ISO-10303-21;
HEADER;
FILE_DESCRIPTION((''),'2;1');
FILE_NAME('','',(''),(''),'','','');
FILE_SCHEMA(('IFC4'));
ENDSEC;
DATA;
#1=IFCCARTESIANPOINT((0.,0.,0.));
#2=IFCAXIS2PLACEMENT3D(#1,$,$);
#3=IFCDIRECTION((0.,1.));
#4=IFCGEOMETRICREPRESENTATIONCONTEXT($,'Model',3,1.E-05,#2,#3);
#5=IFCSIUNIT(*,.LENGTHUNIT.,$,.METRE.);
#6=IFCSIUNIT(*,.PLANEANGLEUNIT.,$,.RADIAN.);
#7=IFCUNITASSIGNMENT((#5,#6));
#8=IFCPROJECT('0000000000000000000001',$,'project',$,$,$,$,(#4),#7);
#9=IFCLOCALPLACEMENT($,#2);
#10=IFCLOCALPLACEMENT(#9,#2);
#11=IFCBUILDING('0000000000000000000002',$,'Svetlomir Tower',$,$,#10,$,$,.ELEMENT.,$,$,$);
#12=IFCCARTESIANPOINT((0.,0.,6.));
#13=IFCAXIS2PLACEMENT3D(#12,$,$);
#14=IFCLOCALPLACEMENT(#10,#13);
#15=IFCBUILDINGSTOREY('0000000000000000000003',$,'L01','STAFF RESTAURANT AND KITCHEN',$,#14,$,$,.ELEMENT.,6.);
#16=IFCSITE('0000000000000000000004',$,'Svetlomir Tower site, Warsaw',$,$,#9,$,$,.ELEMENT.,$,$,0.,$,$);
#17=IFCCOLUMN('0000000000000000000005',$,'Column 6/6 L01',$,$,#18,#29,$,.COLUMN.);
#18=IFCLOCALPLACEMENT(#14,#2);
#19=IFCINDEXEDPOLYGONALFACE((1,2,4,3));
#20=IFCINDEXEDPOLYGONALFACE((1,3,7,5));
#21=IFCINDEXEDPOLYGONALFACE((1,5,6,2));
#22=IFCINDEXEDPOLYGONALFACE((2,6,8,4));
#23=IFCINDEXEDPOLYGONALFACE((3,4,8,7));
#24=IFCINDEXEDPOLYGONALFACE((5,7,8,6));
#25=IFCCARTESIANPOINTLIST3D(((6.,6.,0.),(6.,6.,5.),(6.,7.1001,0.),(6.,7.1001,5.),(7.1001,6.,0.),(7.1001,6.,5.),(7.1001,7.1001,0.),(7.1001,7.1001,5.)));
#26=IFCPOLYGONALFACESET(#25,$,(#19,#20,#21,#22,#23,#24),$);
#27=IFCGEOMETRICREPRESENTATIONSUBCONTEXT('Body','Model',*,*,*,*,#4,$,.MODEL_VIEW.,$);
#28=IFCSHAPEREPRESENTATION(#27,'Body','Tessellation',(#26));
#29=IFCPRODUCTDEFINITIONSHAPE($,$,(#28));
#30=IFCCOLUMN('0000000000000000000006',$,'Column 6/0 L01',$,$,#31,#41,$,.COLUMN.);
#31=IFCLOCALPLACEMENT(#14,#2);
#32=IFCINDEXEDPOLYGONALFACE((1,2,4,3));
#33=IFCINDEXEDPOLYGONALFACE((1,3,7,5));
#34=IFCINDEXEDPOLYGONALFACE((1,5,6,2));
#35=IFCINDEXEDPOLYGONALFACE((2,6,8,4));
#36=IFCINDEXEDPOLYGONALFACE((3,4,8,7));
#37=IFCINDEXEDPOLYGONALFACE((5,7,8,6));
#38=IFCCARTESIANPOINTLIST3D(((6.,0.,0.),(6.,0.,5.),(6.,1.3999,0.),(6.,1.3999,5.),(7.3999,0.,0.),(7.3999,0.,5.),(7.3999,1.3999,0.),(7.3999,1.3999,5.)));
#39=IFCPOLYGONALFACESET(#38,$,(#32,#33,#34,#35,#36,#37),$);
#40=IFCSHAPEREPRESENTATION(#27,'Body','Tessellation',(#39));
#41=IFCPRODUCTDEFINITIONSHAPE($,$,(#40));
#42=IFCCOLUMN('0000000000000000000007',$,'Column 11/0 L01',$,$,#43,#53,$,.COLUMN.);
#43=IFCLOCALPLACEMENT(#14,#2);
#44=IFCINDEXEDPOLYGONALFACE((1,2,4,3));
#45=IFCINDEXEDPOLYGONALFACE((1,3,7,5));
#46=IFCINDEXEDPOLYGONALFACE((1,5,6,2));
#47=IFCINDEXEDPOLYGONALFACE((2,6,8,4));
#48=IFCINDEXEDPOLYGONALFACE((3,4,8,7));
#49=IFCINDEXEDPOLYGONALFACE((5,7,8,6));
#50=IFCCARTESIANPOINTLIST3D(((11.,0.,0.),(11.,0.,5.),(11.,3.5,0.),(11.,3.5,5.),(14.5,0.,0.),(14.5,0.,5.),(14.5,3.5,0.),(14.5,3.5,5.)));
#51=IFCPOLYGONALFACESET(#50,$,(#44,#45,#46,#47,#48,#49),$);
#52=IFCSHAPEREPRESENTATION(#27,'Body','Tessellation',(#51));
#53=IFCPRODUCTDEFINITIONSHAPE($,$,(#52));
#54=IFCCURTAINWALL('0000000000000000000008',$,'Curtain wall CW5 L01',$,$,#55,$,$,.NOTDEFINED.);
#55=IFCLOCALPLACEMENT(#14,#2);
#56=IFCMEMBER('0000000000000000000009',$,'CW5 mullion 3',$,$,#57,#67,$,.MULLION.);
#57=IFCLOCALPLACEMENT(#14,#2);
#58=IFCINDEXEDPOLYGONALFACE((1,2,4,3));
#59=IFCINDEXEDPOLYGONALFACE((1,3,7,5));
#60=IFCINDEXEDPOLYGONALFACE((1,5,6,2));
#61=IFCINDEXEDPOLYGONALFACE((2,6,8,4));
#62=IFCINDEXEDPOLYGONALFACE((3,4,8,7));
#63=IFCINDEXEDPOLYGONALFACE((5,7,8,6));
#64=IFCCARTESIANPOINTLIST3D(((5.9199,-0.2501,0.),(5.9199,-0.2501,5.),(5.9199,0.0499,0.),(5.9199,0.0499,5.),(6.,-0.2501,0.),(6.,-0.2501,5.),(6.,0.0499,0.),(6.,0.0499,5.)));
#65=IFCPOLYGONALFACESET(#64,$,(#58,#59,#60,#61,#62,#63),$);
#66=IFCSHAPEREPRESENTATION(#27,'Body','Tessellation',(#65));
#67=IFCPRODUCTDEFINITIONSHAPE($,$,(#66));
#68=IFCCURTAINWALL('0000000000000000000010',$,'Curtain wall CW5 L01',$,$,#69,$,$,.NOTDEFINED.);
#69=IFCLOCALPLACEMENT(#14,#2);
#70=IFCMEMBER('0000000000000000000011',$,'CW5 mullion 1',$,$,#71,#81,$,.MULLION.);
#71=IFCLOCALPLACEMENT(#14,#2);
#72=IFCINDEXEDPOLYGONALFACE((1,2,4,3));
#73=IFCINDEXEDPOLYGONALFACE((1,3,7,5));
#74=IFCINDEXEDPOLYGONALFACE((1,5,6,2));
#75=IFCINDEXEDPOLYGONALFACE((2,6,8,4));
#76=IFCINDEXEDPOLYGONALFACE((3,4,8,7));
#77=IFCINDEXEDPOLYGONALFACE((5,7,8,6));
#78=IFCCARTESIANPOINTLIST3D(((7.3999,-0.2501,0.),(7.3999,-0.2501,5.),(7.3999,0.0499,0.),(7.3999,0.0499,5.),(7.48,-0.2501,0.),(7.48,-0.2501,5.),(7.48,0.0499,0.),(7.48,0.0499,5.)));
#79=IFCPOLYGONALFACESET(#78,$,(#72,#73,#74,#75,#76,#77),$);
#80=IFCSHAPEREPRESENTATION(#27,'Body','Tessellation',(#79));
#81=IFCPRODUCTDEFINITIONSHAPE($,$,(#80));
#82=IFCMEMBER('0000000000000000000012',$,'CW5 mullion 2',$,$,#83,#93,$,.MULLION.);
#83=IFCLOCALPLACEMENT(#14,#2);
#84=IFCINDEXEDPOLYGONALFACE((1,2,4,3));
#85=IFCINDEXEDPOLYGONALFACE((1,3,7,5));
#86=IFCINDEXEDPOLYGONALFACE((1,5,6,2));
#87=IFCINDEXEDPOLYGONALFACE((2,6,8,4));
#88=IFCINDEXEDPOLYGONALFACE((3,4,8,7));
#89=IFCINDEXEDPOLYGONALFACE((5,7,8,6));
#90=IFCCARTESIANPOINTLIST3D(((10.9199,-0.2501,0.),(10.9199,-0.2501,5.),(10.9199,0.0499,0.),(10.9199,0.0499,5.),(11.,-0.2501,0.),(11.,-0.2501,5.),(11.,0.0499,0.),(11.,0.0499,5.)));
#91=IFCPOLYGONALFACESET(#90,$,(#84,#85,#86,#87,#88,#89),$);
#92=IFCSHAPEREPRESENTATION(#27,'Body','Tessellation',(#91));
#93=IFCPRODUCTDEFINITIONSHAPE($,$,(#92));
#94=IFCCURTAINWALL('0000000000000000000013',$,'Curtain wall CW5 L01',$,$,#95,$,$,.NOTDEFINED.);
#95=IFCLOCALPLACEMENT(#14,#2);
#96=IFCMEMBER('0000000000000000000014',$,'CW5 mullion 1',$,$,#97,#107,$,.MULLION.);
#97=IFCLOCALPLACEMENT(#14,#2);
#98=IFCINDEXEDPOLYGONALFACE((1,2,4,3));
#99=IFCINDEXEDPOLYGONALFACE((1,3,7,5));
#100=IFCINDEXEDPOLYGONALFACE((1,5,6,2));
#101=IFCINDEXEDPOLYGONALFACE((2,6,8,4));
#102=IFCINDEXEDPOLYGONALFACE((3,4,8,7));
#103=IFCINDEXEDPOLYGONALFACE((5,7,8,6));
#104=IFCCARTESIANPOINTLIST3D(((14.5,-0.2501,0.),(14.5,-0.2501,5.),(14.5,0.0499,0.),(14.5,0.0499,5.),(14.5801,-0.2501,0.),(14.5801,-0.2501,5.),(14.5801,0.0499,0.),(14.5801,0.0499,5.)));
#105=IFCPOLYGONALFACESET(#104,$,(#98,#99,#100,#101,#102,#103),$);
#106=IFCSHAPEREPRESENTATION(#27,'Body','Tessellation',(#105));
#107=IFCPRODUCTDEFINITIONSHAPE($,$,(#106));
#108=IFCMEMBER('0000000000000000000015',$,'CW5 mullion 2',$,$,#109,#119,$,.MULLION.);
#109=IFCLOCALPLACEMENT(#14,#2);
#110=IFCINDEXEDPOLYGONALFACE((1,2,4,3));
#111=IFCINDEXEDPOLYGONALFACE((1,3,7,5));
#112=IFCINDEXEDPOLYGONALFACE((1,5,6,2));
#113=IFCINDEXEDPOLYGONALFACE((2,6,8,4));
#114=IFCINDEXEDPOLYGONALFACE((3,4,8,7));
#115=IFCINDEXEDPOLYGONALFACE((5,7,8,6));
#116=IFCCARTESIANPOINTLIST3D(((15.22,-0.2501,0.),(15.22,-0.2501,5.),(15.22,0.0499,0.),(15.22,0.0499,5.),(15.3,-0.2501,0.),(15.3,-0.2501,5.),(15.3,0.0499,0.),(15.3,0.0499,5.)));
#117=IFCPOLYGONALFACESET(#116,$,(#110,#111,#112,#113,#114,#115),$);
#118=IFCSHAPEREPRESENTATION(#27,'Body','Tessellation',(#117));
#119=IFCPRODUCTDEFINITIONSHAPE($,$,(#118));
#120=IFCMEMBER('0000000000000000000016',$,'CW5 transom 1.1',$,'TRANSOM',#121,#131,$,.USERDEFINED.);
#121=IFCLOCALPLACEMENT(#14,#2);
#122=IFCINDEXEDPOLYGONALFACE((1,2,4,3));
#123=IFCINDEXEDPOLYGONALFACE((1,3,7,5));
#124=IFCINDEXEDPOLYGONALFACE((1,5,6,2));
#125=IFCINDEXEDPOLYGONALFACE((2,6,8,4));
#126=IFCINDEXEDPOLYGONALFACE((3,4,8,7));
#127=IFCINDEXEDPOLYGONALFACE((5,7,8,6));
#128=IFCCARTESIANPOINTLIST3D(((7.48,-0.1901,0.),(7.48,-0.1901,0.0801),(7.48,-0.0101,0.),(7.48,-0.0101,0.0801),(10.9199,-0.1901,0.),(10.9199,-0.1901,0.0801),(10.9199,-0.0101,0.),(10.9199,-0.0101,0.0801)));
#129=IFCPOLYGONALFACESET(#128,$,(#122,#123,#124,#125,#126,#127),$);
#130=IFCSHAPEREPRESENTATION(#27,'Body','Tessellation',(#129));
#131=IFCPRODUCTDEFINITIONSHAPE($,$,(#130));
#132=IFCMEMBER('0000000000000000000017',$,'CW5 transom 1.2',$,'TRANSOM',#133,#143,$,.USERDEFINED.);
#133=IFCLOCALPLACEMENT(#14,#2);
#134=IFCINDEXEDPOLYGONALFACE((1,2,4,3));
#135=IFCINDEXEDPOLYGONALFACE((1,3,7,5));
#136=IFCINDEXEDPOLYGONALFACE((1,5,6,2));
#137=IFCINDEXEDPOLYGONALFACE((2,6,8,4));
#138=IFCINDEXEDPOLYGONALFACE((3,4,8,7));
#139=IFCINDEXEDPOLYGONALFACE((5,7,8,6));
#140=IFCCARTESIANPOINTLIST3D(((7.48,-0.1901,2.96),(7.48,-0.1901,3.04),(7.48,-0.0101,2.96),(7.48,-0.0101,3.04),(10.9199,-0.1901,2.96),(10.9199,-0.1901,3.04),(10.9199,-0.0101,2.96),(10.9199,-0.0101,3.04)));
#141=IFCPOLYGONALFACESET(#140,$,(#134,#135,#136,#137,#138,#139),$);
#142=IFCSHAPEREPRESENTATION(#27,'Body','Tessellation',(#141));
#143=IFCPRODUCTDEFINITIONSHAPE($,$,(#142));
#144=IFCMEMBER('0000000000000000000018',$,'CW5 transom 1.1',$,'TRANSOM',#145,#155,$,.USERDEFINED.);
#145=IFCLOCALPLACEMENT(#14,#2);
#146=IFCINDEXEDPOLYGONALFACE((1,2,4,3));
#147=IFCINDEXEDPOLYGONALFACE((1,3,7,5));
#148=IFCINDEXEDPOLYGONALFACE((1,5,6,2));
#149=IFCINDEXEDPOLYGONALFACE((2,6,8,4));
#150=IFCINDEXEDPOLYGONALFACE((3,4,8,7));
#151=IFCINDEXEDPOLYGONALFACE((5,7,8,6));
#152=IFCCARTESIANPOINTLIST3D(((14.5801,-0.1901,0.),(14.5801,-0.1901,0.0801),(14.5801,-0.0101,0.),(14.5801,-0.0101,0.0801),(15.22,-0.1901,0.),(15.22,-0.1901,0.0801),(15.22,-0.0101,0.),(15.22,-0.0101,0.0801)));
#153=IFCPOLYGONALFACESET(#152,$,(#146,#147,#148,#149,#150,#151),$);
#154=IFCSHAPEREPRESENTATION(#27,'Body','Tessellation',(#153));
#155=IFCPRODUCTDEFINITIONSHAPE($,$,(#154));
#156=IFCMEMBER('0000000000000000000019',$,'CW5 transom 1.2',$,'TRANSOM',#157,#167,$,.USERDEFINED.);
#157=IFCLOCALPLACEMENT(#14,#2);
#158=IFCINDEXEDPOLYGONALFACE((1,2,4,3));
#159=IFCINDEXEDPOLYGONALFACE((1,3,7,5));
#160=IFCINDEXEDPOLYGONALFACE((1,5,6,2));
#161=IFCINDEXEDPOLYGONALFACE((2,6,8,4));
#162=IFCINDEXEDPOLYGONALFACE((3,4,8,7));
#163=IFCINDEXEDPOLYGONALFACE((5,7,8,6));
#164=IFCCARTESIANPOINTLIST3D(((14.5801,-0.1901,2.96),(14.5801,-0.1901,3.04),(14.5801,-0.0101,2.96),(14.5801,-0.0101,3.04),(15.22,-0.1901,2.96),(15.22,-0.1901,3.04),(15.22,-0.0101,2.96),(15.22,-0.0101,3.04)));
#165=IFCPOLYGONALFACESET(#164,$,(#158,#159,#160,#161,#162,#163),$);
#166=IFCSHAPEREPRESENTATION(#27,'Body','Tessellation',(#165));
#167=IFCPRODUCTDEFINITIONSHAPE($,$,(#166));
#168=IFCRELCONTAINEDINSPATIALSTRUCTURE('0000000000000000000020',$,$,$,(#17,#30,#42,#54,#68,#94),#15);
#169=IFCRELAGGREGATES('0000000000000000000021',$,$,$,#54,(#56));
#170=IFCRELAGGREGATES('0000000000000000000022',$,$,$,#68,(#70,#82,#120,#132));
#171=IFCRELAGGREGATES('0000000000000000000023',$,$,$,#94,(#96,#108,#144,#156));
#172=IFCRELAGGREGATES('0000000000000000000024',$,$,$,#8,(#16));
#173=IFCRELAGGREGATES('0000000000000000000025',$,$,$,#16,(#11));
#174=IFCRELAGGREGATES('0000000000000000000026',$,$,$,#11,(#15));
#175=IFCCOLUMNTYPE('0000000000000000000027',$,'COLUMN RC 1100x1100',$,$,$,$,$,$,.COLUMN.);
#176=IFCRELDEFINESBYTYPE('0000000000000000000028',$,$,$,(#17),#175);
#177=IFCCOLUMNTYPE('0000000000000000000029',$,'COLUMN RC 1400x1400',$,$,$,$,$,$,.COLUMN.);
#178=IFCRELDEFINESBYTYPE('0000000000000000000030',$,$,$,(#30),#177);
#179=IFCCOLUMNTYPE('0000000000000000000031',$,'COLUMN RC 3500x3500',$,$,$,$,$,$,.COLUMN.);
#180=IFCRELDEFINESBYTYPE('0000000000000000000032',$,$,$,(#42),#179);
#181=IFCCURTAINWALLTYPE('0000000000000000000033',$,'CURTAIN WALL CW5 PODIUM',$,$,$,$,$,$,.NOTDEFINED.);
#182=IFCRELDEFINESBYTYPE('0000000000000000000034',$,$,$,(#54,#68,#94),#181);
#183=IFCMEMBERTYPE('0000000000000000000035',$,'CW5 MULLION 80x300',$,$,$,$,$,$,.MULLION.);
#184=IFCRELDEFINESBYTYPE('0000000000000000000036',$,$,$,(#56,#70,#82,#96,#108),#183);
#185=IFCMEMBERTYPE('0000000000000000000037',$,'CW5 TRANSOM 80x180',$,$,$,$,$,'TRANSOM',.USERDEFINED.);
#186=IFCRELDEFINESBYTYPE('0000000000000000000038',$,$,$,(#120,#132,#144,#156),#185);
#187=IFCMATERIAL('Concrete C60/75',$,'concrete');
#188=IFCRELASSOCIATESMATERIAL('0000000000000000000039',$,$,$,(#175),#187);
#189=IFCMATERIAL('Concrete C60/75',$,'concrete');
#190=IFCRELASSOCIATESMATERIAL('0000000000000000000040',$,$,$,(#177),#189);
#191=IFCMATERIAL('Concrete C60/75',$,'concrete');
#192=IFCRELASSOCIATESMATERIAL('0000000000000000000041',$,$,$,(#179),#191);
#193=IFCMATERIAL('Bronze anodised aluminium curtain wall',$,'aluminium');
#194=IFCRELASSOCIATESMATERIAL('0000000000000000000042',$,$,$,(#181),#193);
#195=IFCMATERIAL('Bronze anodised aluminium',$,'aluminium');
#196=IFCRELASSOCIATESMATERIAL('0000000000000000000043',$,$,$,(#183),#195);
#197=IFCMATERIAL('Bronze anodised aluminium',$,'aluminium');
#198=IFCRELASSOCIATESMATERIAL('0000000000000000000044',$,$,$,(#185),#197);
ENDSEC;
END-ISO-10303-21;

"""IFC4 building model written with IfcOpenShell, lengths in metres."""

from ifc_helpers import new_model, si_unit, direction, frame, origin, origin_2d, place, context, subcontext, project, spatial, rectangle, extrude, material, material_profile, profile_set, type_object, element, aggregate, save


model = new_model("IFC4")

# Units and contexts
model_context = context("Model", 3, precision=1e-05, world=origin(), true_north=direction((0.0, 1.0)))
body_context = subcontext(model_context, "Body", "Model", "MODEL_VIEW")
ifc_project = project(units=[si_unit("LENGTHUNIT", "METRE"), si_unit("PLANEANGLEUNIT", "RADIAN")], contexts=[model_context])

# Site, building, storey
site_placement = place(None, origin())
site = spatial("IfcSite", under=ifc_project, at=site_placement, Name="Svetlomir Tower site, Warsaw", CompositionType="ELEMENT", RefElevation=0.0)
building_placement = place(site_placement, origin())
building = spatial("IfcBuilding", under=site, at=building_placement, Name="Svetlomir Tower", CompositionType="ELEMENT")
storey_placement = place(building_placement, frame((0.0, 0.0, 6.0)))
storey = spatial("IfcBuildingStorey", under=building, at=storey_placement, Name="L01", Description="STAFF RESTAURANT AND KITCHEN", CompositionType="ELEMENT", Elevation=6.0)

# Columns
ifc_material_1 = material(Name="Concrete C60/75", Category="concrete")
ifc_material_profile_1 = material_profile(ifc_material_1, rectangle(XDim=1.1001, YDim=1.1001, at=origin_2d()), Name="RC 1100x1100")
ifc_profile_set_1 = profile_set([ifc_material_profile_1], Name="Concrete C60/75")
column_type_1 = type_object("IfcColumnType", Name="COLUMN RC 1100x1100", PredefinedType="COLUMN", material=ifc_profile_set_1)
column_1_placement = place(storey_placement, frame((6.55, 6.55, 0.0), z_axis=(0.0, 0.0, 1.0), x_axis=(1.0, 0.0, 0.0)))
element("IfcColumn", 1, at=column_1_placement, inside=storey, type_object=column_type_1, Name="Column 6/6 L01", PredefinedType="COLUMN", context=body_context, shape_type="SweptSolid", body=[
    extrude(rectangle(XDim=1.1001, YDim=1.1001, at=origin_2d()), origin(), (0.0, 0.0, 1.0), 5.0),
])
ifc_material_2 = material(Name="Concrete C60/75", Category="concrete")
ifc_material_profile_2 = material_profile(ifc_material_2, rectangle(XDim=1.3999, YDim=1.3999, at=origin_2d()), Name="RC 1400x1400")
ifc_profile_set_2 = profile_set([ifc_material_profile_2], Name="Concrete C60/75")
column_type_2 = type_object("IfcColumnType", Name="COLUMN RC 1400x1400", PredefinedType="COLUMN", material=ifc_profile_set_2)
column_2_placement = place(storey_placement, frame((6.7, 0.7, 0.0), z_axis=(0.0, 0.0, 1.0), x_axis=(1.0, 0.0, 0.0)))
element("IfcColumn", 2, at=column_2_placement, inside=storey, type_object=column_type_2, Name="Column 6/0 L01", PredefinedType="COLUMN", context=body_context, shape_type="SweptSolid", body=[
    extrude(rectangle(XDim=1.3999, YDim=1.3999, at=origin_2d()), origin(), (0.0, 0.0, 1.0), 5.0),
])
ifc_material_3 = material(Name="Concrete C60/75", Category="concrete")
ifc_material_profile_3 = material_profile(ifc_material_3, rectangle(XDim=3.5, YDim=3.5, at=origin_2d()), Name="RC 3500x3500")
ifc_profile_set_3 = profile_set([ifc_material_profile_3], Name="Concrete C60/75")
column_type_3 = type_object("IfcColumnType", Name="COLUMN RC 3500x3500", PredefinedType="COLUMN", material=ifc_profile_set_3)
column_3_placement = place(storey_placement, frame((12.75, 1.75, 0.0), z_axis=(0.0, 0.0, 1.0), x_axis=(1.0, 0.0, 0.0)))
element("IfcColumn", 3, at=column_3_placement, inside=storey, type_object=column_type_3, Name="Column 11/0 L01", PredefinedType="COLUMN", context=body_context, shape_type="SweptSolid", body=[
    extrude(rectangle(XDim=3.5, YDim=3.5, at=origin_2d()), origin(), (0.0, 0.0, 1.0), 5.0),
])

# Curtain wall, member
ifc_material_4 = material(Name="Bronze anodised aluminium curtain wall", Category="aluminium")
curtain_wall_type = type_object("IfcCurtainWallType", Name="CURTAIN WALL CW5 PODIUM", PredefinedType="NOTDEFINED", material=ifc_material_4)
curtain_wall_1_placement = place(storey_placement, origin())
curtain_wall_1 = element("IfcCurtainWall", 4, at=curtain_wall_1_placement, inside=storey, type_object=curtain_wall_type, Name="Curtain wall CW5 L01", PredefinedType="NOTDEFINED")
ifc_material_5 = material(Name="Bronze anodised aluminium", Category="aluminium")
ifc_material_profile_4 = material_profile(ifc_material_5, rectangle(XDim=0.0801, YDim=0.3, at=origin_2d()), Name="AL 80x300")
ifc_profile_set_4 = profile_set([ifc_material_profile_4], Name="Bronze anodised aluminium 6063-T6")
member_type_1 = type_object("IfcMemberType", Name="CW5 MULLION 80x300", PredefinedType="MULLION", material=ifc_profile_set_4)
member_1_placement = place(storey_placement, frame((5.96, -0.1001, 0.0), z_axis=(0.0, 0.0, 1.0), x_axis=(1.0, 0.0, 0.0)))
member_1 = element("IfcMember", 5, at=member_1_placement, type_object=member_type_1, Name="CW5 mullion 3", PredefinedType="MULLION", context=body_context, shape_type="SweptSolid", body=[
    extrude(rectangle(XDim=0.0801, YDim=0.3, at=origin_2d()), origin(), (0.0, 0.0, 1.0), 5.0),
])

# Curtain walls, members
curtain_wall_2_placement = place(storey_placement, origin())
curtain_wall_2 = element("IfcCurtainWall", 6, at=curtain_wall_2_placement, inside=storey, type_object=curtain_wall_type, Name="Curtain wall CW5 L01", PredefinedType="NOTDEFINED")
member_2_placement = place(storey_placement, frame((7.4399, -0.1001, 0.0), z_axis=(0.0, 0.0, 1.0), x_axis=(1.0, 0.0, 0.0)))
member_2 = element("IfcMember", 7, at=member_2_placement, type_object=member_type_1, Name="CW5 mullion 1", PredefinedType="MULLION", context=body_context, shape_type="SweptSolid", body=[
    extrude(rectangle(XDim=0.0801, YDim=0.3, at=origin_2d()), origin(), (0.0, 0.0, 1.0), 5.0),
])
member_3_placement = place(storey_placement, frame((10.96, -0.1001, 0.0), z_axis=(0.0, 0.0, 1.0), x_axis=(1.0, 0.0, 0.0)))
member_3 = element("IfcMember", 8, at=member_3_placement, type_object=member_type_1, Name="CW5 mullion 2", PredefinedType="MULLION", context=body_context, shape_type="SweptSolid", body=[
    extrude(rectangle(XDim=0.0801, YDim=0.3, at=origin_2d()), origin(), (0.0, 0.0, 1.0), 5.0),
])
curtain_wall_3_placement = place(storey_placement, origin())
curtain_wall_3 = element("IfcCurtainWall", 9, at=curtain_wall_3_placement, inside=storey, type_object=curtain_wall_type, Name="Curtain wall CW5 L01", PredefinedType="NOTDEFINED")
member_4_placement = place(storey_placement, frame((14.54, -0.1001, 0.0), z_axis=(0.0, 0.0, 1.0), x_axis=(1.0, 0.0, 0.0)))
member_4 = element("IfcMember", 10, at=member_4_placement, type_object=member_type_1, Name="CW5 mullion 1", PredefinedType="MULLION", context=body_context, shape_type="SweptSolid", body=[
    extrude(rectangle(XDim=0.0801, YDim=0.3, at=origin_2d()), origin(), (0.0, 0.0, 1.0), 5.0),
])
member_5_placement = place(storey_placement, frame((15.26, -0.1001, 0.0), z_axis=(0.0, 0.0, 1.0), x_axis=(1.0, 0.0, 0.0)))
member_5 = element("IfcMember", 11, at=member_5_placement, type_object=member_type_1, Name="CW5 mullion 2", PredefinedType="MULLION", context=body_context, shape_type="SweptSolid", body=[
    extrude(rectangle(XDim=0.0801, YDim=0.3, at=origin_2d()), origin(), (0.0, 0.0, 1.0), 5.0),
])

# Members
ifc_material_6 = material(Name="Bronze anodised aluminium", Category="aluminium")
ifc_material_profile_5 = material_profile(ifc_material_6, rectangle(XDim=0.1799, YDim=0.0801, at=origin_2d()), Name="AL 180x80")
ifc_profile_set_5 = profile_set([ifc_material_profile_5], Name="Bronze anodised aluminium 6063-T6")
member_type_2 = type_object("IfcMemberType", Name="CW5 TRANSOM 80x180", ElementType="TRANSOM", PredefinedType="USERDEFINED", material=ifc_profile_set_5)
member_6_placement = place(storey_placement, frame((7.48, -0.1001, 0.04), z_axis=(1.0, 0.0, 0.0), x_axis=(0.0, 1.0, 0.0)))
member_6 = element("IfcMember", 12, at=member_6_placement, type_object=member_type_2, Name="CW5 transom 1.1", ObjectType="TRANSOM", PredefinedType="USERDEFINED", context=body_context, shape_type="SweptSolid", body=[
    extrude(rectangle(XDim=0.1799, YDim=0.0801, at=origin_2d()), origin(), (0.0, 0.0, 1.0), 3.4399),
])
member_7_placement = place(storey_placement, frame((7.48, -0.1001, 3.0), z_axis=(1.0, 0.0, 0.0), x_axis=(0.0, 1.0, 0.0)))
member_7 = element("IfcMember", 13, at=member_7_placement, type_object=member_type_2, Name="CW5 transom 1.2", ObjectType="TRANSOM", PredefinedType="USERDEFINED", context=body_context, shape_type="SweptSolid", body=[
    extrude(rectangle(XDim=0.1799, YDim=0.0801, at=origin_2d()), origin(), (0.0, 0.0, 1.0), 3.4399),
])
member_8_placement = place(storey_placement, frame((14.5801, -0.1001, 0.04), z_axis=(1.0, 0.0, 0.0), x_axis=(0.0, 1.0, 0.0)))
member_8 = element("IfcMember", 14, at=member_8_placement, type_object=member_type_2, Name="CW5 transom 1.1", ObjectType="TRANSOM", PredefinedType="USERDEFINED", context=body_context, shape_type="SweptSolid", body=[
    extrude(rectangle(XDim=0.1799, YDim=0.0801, at=origin_2d()), origin(), (0.0, 0.0, 1.0), 0.6399),
])
member_9_placement = place(storey_placement, frame((14.5801, -0.1001, 3.0), z_axis=(1.0, 0.0, 0.0), x_axis=(0.0, 1.0, 0.0)))
member_9 = element("IfcMember", 15, at=member_9_placement, type_object=member_type_2, Name="CW5 transom 1.2", ObjectType="TRANSOM", PredefinedType="USERDEFINED", context=body_context, shape_type="SweptSolid", body=[
    extrude(rectangle(XDim=0.1799, YDim=0.0801, at=origin_2d()), origin(), (0.0, 0.0, 1.0), 0.6399),
])

aggregate(curtain_wall_1, [member_1])
aggregate(curtain_wall_2, [member_2, member_3, member_6, member_7])
aggregate(curtain_wall_3, [member_4, member_5, member_8, member_9])

save(model, "model.ifc")
